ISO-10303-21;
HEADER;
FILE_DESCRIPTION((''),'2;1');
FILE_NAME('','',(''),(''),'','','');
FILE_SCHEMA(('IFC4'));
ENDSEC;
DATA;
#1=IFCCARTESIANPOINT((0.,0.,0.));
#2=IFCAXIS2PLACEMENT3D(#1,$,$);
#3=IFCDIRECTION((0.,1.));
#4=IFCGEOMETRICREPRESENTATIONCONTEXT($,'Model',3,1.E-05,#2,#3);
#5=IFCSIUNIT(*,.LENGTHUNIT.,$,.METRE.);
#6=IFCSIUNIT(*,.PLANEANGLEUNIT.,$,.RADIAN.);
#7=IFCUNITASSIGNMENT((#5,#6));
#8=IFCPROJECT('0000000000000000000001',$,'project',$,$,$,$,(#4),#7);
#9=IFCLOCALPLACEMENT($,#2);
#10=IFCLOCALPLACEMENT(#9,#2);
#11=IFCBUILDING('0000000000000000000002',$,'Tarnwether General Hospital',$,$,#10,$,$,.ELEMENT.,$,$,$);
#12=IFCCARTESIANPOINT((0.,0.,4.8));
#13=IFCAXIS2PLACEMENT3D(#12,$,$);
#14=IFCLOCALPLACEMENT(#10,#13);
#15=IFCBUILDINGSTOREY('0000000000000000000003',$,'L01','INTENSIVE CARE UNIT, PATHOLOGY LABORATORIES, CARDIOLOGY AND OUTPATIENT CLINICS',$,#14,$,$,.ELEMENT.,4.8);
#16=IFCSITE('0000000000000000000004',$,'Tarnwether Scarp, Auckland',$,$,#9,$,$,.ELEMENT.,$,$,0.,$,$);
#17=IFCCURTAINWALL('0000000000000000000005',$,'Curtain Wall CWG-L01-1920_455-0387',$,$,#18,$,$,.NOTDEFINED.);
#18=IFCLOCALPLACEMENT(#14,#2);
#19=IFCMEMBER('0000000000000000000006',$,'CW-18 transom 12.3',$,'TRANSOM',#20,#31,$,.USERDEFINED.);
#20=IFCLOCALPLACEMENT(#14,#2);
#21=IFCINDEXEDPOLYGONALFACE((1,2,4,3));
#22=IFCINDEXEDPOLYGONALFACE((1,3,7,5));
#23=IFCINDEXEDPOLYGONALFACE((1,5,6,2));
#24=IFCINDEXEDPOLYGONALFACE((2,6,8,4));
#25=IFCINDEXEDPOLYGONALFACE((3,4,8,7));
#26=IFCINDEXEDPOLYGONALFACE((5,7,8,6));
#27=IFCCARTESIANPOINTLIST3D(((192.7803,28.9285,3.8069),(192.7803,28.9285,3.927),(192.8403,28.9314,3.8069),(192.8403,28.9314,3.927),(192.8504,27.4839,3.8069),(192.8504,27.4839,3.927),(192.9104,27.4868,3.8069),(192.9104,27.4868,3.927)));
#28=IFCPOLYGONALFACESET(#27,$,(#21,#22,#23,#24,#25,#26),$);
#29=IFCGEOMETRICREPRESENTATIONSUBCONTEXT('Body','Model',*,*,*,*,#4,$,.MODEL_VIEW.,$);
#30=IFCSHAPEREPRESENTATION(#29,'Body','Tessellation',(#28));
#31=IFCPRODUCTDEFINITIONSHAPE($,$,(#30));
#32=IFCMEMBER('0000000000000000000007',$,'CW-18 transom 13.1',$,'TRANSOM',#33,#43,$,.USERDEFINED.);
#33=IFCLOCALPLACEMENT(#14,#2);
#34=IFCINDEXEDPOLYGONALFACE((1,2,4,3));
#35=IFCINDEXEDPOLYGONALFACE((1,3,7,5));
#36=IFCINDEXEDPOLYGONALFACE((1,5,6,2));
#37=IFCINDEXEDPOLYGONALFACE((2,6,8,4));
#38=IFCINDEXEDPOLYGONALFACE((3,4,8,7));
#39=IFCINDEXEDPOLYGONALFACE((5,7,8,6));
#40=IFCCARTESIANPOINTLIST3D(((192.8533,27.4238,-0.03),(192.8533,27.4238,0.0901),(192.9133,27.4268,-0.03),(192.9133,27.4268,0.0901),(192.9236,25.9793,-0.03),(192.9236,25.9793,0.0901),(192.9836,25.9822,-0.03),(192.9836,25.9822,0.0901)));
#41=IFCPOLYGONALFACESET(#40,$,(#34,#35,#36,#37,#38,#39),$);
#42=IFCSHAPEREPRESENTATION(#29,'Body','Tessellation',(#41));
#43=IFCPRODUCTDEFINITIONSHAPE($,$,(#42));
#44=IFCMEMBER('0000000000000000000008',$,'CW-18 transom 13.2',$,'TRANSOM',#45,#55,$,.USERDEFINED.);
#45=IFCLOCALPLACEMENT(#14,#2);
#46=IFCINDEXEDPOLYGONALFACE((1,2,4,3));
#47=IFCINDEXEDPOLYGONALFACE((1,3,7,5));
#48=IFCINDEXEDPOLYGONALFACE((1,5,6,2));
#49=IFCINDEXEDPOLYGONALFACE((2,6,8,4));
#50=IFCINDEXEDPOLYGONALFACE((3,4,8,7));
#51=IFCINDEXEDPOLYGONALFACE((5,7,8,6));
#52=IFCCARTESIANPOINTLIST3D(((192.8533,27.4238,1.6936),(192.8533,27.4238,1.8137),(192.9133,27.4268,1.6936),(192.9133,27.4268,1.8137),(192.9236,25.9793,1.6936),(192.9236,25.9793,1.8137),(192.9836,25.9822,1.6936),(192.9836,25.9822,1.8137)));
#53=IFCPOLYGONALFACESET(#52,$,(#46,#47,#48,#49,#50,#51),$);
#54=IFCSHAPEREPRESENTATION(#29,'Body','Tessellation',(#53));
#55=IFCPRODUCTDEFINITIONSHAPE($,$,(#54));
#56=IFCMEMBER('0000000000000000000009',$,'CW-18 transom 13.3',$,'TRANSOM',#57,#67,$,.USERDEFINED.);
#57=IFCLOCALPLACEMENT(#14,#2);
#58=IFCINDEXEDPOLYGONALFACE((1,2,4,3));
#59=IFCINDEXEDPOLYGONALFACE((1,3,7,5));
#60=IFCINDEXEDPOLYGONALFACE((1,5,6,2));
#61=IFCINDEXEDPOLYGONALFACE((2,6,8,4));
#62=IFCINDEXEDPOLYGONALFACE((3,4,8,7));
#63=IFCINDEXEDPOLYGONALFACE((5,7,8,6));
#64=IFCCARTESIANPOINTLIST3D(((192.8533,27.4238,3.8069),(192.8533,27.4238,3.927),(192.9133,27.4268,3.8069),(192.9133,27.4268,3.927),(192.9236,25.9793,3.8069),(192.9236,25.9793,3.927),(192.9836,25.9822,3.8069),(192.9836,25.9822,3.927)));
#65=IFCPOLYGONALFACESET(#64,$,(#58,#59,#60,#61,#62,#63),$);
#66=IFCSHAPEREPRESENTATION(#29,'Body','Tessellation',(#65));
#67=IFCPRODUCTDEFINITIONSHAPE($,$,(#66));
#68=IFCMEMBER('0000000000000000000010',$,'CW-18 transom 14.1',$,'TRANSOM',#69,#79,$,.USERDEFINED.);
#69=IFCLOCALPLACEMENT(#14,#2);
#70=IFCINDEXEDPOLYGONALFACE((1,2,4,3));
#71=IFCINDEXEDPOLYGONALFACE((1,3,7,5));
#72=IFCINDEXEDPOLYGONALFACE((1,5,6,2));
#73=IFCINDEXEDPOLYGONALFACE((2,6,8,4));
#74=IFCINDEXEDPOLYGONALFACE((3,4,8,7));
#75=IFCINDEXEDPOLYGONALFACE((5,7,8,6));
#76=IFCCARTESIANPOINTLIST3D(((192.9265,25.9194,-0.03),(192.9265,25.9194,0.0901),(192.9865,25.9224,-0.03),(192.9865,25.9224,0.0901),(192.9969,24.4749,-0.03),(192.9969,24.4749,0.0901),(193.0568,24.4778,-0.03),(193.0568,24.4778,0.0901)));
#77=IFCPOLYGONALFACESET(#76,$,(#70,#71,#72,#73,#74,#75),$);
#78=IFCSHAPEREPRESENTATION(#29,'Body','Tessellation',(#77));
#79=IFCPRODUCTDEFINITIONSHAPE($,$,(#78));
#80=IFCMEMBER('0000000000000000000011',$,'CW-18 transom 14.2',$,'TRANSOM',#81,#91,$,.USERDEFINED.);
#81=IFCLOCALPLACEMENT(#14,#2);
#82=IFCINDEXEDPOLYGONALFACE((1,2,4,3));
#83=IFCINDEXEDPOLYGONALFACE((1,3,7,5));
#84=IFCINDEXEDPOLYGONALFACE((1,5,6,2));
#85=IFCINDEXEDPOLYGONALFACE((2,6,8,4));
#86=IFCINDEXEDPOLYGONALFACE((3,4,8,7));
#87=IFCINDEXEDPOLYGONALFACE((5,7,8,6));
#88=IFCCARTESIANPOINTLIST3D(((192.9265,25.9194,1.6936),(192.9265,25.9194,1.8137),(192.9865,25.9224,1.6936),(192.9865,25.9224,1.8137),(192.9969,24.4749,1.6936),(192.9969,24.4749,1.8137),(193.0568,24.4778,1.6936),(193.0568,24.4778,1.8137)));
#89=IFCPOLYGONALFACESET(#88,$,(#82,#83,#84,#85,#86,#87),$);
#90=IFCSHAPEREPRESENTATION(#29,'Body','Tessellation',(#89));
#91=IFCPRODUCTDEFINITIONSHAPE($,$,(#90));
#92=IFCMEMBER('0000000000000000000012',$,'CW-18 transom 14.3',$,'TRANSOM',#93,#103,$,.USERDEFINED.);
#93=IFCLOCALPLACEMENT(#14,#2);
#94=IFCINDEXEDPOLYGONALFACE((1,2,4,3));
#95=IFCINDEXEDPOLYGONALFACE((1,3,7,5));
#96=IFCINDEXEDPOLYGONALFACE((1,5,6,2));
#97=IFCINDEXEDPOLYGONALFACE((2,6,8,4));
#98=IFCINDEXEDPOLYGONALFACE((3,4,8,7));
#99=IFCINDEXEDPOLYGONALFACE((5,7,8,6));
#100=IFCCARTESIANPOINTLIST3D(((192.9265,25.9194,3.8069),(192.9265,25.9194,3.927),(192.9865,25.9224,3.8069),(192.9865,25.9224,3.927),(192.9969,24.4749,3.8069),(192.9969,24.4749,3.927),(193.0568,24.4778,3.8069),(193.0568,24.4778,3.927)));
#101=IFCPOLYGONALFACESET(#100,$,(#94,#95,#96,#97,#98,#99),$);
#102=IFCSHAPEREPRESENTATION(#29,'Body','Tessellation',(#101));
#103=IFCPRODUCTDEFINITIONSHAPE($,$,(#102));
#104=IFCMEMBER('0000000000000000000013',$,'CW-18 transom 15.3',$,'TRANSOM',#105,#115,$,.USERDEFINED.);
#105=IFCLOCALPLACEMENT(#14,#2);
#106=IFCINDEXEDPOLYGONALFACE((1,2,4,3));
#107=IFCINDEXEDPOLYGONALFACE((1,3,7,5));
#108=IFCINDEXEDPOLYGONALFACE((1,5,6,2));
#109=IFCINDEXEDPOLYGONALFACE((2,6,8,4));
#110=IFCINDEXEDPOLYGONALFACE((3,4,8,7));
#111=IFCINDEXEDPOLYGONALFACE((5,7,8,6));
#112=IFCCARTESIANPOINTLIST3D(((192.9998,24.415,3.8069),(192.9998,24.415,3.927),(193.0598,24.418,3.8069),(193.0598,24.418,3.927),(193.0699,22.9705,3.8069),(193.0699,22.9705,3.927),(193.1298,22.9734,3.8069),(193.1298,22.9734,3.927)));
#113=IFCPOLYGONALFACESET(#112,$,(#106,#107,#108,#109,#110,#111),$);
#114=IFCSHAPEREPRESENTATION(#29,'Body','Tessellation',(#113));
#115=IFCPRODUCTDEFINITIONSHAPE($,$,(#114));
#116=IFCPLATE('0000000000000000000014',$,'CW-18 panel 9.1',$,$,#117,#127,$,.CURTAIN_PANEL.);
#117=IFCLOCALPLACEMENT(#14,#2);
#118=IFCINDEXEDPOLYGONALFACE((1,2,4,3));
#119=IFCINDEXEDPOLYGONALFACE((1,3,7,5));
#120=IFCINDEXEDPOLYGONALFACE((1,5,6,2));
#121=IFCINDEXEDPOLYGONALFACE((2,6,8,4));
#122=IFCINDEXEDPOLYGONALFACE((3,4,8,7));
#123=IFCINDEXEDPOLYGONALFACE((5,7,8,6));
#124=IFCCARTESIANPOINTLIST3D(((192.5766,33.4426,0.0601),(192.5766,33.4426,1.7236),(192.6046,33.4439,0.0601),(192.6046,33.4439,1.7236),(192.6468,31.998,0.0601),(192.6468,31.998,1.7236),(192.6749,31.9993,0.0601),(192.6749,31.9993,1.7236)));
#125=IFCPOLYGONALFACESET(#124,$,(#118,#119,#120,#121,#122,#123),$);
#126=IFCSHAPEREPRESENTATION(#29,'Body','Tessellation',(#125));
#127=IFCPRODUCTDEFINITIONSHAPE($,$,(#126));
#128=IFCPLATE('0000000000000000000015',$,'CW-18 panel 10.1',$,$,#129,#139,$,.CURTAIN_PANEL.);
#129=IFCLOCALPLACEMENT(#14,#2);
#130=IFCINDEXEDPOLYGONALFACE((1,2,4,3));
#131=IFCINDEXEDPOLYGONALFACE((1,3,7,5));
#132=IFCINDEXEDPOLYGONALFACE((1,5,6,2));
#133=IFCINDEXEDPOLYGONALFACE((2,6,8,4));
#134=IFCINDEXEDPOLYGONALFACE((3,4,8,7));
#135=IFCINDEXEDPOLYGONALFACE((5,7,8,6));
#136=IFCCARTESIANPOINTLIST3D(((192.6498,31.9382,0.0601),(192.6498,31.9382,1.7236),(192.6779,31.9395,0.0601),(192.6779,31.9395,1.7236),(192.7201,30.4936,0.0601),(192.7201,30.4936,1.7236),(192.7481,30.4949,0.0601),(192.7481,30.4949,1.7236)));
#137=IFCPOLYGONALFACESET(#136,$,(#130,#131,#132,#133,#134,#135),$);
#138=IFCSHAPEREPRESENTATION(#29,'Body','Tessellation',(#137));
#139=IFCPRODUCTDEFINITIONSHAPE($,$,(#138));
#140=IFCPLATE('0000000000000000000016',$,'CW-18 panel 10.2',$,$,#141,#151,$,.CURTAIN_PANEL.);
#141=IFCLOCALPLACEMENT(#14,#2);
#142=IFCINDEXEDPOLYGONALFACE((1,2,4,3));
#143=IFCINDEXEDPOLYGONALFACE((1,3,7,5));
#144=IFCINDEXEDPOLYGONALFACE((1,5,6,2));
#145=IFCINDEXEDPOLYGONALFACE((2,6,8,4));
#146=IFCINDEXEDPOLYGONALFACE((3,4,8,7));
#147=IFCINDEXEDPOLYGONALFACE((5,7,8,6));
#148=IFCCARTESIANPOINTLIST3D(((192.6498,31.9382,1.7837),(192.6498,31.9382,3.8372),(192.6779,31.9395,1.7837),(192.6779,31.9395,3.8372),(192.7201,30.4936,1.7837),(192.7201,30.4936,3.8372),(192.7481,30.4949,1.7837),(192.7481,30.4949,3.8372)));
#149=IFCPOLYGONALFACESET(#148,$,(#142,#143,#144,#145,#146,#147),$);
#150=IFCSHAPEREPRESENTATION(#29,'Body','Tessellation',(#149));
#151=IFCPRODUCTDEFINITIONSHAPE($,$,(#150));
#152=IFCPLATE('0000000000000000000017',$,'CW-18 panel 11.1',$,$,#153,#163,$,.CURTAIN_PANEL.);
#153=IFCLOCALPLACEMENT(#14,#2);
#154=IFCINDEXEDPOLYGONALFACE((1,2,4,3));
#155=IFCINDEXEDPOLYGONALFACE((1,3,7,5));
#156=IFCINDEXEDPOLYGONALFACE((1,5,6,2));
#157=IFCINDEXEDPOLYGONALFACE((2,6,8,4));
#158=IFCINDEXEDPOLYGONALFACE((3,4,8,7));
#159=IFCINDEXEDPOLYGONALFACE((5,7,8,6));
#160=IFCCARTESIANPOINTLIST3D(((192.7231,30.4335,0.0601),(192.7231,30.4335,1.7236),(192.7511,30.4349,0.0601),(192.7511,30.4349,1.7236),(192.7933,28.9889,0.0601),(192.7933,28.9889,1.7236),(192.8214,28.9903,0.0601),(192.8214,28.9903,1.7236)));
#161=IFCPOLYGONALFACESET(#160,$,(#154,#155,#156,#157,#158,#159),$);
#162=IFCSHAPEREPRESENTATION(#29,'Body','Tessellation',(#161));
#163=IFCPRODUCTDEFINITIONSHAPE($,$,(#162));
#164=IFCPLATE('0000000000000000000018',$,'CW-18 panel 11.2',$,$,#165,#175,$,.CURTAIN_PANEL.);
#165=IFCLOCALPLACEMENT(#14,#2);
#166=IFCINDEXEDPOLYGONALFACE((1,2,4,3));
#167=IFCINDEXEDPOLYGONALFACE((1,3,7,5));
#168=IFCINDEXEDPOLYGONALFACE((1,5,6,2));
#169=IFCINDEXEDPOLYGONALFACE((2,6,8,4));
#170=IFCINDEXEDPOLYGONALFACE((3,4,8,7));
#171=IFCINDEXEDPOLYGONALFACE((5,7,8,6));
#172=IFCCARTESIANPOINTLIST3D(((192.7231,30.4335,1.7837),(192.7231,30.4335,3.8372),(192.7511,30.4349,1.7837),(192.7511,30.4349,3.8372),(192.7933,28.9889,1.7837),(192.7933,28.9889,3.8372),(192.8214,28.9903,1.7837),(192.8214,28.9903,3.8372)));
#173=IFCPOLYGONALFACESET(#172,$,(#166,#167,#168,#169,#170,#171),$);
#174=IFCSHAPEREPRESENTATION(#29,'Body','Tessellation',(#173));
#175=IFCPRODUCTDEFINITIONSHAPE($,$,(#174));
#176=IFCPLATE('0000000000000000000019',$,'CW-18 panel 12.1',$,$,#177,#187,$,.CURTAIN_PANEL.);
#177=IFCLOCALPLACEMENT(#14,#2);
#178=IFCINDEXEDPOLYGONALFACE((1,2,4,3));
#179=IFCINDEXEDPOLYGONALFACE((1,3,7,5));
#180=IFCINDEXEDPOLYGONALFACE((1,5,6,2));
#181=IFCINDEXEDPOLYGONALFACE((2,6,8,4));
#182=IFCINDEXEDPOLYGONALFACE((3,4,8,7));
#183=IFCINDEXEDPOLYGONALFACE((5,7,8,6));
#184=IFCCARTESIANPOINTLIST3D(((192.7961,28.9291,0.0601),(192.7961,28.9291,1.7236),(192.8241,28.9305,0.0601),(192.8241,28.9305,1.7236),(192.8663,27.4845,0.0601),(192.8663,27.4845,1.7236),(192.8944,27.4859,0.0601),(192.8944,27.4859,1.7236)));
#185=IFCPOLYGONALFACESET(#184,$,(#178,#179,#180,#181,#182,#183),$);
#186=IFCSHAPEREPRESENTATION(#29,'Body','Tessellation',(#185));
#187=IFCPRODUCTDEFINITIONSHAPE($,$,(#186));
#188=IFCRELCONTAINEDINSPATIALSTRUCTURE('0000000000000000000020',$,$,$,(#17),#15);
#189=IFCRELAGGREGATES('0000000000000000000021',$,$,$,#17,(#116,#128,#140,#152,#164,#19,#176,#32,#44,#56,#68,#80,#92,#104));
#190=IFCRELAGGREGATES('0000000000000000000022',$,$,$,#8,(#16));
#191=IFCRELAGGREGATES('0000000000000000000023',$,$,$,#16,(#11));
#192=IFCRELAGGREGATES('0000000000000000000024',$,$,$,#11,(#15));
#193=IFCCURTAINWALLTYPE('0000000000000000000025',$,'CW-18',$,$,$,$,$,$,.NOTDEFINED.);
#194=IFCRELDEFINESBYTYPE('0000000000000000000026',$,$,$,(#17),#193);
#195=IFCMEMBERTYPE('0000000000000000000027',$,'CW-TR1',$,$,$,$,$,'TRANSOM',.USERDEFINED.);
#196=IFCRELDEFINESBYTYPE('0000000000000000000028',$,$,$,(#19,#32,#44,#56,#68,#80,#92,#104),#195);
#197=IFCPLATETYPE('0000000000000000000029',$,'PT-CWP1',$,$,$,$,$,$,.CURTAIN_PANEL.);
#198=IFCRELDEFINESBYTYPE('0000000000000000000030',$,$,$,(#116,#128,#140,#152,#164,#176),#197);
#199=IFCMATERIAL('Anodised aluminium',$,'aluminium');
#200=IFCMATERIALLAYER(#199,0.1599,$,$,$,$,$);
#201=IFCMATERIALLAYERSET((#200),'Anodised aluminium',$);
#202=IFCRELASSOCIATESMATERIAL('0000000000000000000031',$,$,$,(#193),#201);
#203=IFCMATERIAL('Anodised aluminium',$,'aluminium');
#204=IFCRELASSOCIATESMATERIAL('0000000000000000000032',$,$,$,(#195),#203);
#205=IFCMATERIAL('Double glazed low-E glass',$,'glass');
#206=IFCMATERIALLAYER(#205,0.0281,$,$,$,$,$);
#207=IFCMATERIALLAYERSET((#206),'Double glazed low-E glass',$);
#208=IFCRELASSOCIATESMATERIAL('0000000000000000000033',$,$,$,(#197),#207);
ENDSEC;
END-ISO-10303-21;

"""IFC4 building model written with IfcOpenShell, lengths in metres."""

from ifc_helpers import new_model, si_unit, direction, frame, origin, origin_2d, place, context, subcontext, project, spatial, rectangle, extrude, material, layer, layer_set, material_profile, profile_set, type_object, element, aggregate, save


model = new_model("IFC4")

# Units and contexts
model_context = context("Model", 3, precision=1e-05, world=origin(), true_north=direction((0.0, 1.0)))
body_context = subcontext(model_context, "Body", "Model", "MODEL_VIEW")
ifc_project = project(units=[si_unit("LENGTHUNIT", "METRE"), si_unit("PLANEANGLEUNIT", "RADIAN")], contexts=[model_context])

# Site, building, storey
site_placement = place(None, origin())
site = spatial("IfcSite", under=ifc_project, at=site_placement, Name="Tarnwether Scarp, Auckland", CompositionType="ELEMENT", RefElevation=0.0)
building_placement = place(site_placement, origin())
building = spatial("IfcBuilding", under=site, at=building_placement, Name="Tarnwether General Hospital", CompositionType="ELEMENT")
storey_placement = place(building_placement, frame((0.0, 0.0, 4.8)))
storey = spatial("IfcBuildingStorey", under=building, at=storey_placement, Name="L01", Description="INTENSIVE CARE UNIT, PATHOLOGY LABORATORIES, CARDIOLOGY AND OUTPATIENT CLINICS", CompositionType="ELEMENT", Elevation=4.8)

# Curtain wall, members, plates
ifc_material_1 = material(Name="Anodised aluminium", Category="aluminium")
ifc_layer_1 = layer(ifc_material_1, 0.1599)
ifc_layer_set_1 = layer_set([ifc_layer_1], Name="Anodised aluminium")
curtain_wall_type = type_object("IfcCurtainWallType", Name="CW-18", PredefinedType="NOTDEFINED", material=ifc_layer_set_1)
curtain_wall_placement = place(storey_placement, origin())
curtain_wall = element("IfcCurtainWall", 1, at=curtain_wall_placement, inside=storey, type_object=curtain_wall_type, Name="Curtain Wall CWG-L01-1920_455-0387", PredefinedType="NOTDEFINED")
ifc_material_2 = material(Name="Anodised aluminium", Category="aluminium")
ifc_material_profile_1 = material_profile(ifc_material_2, rectangle(XDim=0.0601, YDim=0.1201, at=origin_2d()), Name="ALU-TRN-60x120")
ifc_profile_set_1 = profile_set([ifc_material_profile_1], Name="Anodised aluminium")
member_type_1 = type_object("IfcMemberType", Name="CW-TR1", ElementType="TRANSOM", PredefinedType="USERDEFINED", material=ifc_profile_set_1)
member_1_placement = place(storey_placement, frame((192.8103, 28.9299, 3.8669), z_axis=(0.048447, -0.998826, 0.0), x_axis=(0.998826, 0.048447, 0.0)))
member_1 = element("IfcMember", 2, at=member_1_placement, type_object=member_type_1, Name="CW-18 transom 12.3", ObjectType="TRANSOM", PredefinedType="USERDEFINED", context=body_context, shape_type="SweptSolid", body=[
    extrude(rectangle(XDim=0.0601, YDim=0.1201, at=origin_2d()), origin(), (0.0, 0.0, 1.0), 1.4463),
])
member_2_placement = place(storey_placement, frame((192.8833, 27.4253, 0.03), z_axis=(0.048616, -0.998818, 0.0), x_axis=(0.998818, 0.048616, 0.0)))
member_2 = element("IfcMember", 3, at=member_2_placement, type_object=member_type_1, Name="CW-18 transom 13.1", ObjectType="TRANSOM", PredefinedType="USERDEFINED", context=body_context, shape_type="SweptSolid", body=[
    extrude(rectangle(XDim=0.0601, YDim=0.1201, at=origin_2d()), origin(), (0.0, 0.0, 1.0), 1.4463),
])
member_3_placement = place(storey_placement, frame((192.8833, 27.4253, 1.7537), z_axis=(0.048616, -0.998818, 0.0), x_axis=(0.998818, 0.048616, 0.0)))
member_3 = element("IfcMember", 4, at=member_3_placement, type_object=member_type_1, Name="CW-18 transom 13.2", ObjectType="TRANSOM", PredefinedType="USERDEFINED", context=body_context, shape_type="SweptSolid", body=[
    extrude(rectangle(XDim=0.0601, YDim=0.1201, at=origin_2d()), origin(), (0.0, 0.0, 1.0), 1.4463),
])
member_4_placement = place(storey_placement, frame((192.8833, 27.4253, 3.8669), z_axis=(0.048616, -0.998818, 0.0), x_axis=(0.998818, 0.048616, 0.0)))
member_4 = element("IfcMember", 5, at=member_4_placement, type_object=member_type_1, Name="CW-18 transom 13.3", ObjectType="TRANSOM", PredefinedType="USERDEFINED", context=body_context, shape_type="SweptSolid", body=[
    extrude(rectangle(XDim=0.0601, YDim=0.1201, at=origin_2d()), origin(), (0.0, 0.0, 1.0), 1.4463),
])
member_5_placement = place(storey_placement, frame((192.9565, 25.9209, 0.03), z_axis=(0.048616, -0.998818, 0.0), x_axis=(0.998818, 0.048616, 0.0)))
member_5 = element("IfcMember", 6, at=member_5_placement, type_object=member_type_1, Name="CW-18 transom 14.1", ObjectType="TRANSOM", PredefinedType="USERDEFINED", context=body_context, shape_type="SweptSolid", body=[
    extrude(rectangle(XDim=0.0601, YDim=0.1201, at=origin_2d()), origin(), (0.0, 0.0, 1.0), 1.4463),
])
member_6_placement = place(storey_placement, frame((192.9565, 25.9209, 1.7537), z_axis=(0.048616, -0.998818, 0.0), x_axis=(0.998818, 0.048616, 0.0)))
member_6 = element("IfcMember", 7, at=member_6_placement, type_object=member_type_1, Name="CW-18 transom 14.2", ObjectType="TRANSOM", PredefinedType="USERDEFINED", context=body_context, shape_type="SweptSolid", body=[
    extrude(rectangle(XDim=0.0601, YDim=0.1201, at=origin_2d()), origin(), (0.0, 0.0, 1.0), 1.4463),
])
member_7_placement = place(storey_placement, frame((192.9565, 25.9209, 3.8669), z_axis=(0.048616, -0.998818, 0.0), x_axis=(0.998818, 0.048616, 0.0)))
member_7 = element("IfcMember", 8, at=member_7_placement, type_object=member_type_1, Name="CW-18 transom 14.3", ObjectType="TRANSOM", PredefinedType="USERDEFINED", context=body_context, shape_type="SweptSolid", body=[
    extrude(rectangle(XDim=0.0601, YDim=0.1201, at=origin_2d()), origin(), (0.0, 0.0, 1.0), 1.4463),
])
member_8_placement = place(storey_placement, frame((193.0298, 24.4165, 3.8669), z_axis=(0.048447, -0.998826, 0.0), x_axis=(0.998826, 0.048447, 0.0)))
member_8 = element("IfcMember", 9, at=member_8_placement, type_object=member_type_1, Name="CW-18 transom 15.3", ObjectType="TRANSOM", PredefinedType="USERDEFINED", context=body_context, shape_type="SweptSolid", body=[
    extrude(rectangle(XDim=0.0601, YDim=0.1201, at=origin_2d()), origin(), (0.0, 0.0, 1.0), 1.4463),
])
ifc_material_3 = material(Name="Double glazed low-E glass", Category="glass")
ifc_layer_2 = layer(ifc_material_3, 0.0281)
ifc_layer_set_2 = layer_set([ifc_layer_2], Name="Double glazed low-E glass")
plate_type = type_object("IfcPlateType", Name="PT-CWP1", PredefinedType="CURTAIN_PANEL", material=ifc_layer_set_2)
plate_1_placement = place(storey_placement, frame((192.6257, 32.7209, 0.0601), z_axis=(0.0, 0.0, 1.0), x_axis=(0.04857, -0.99882, 0.0)))
plate_1 = element("IfcPlate", 10, at=plate_1_placement, type_object=plate_type, Name="CW-18 panel 9.1", PredefinedType="CURTAIN_PANEL", context=body_context, shape_type="SweptSolid", body=[
    extrude(rectangle(XDim=1.4463, YDim=0.0281, at=origin_2d()), origin(), (0.0, 0.0, 1.0), 1.6636),
])
plate_2_placement = place(storey_placement, frame((192.699, 31.2166, 0.0601), z_axis=(0.0, 0.0, 1.0), x_axis=(0.04857, -0.99882, 0.0)))
plate_2 = element("IfcPlate", 11, at=plate_2_placement, type_object=plate_type, Name="CW-18 panel 10.1", PredefinedType="CURTAIN_PANEL", context=body_context, shape_type="SweptSolid", body=[
    extrude(rectangle(XDim=1.4463, YDim=0.0281, at=origin_2d()), origin(), (0.0, 0.0, 1.0), 1.6636),
])
plate_3_placement = place(storey_placement, frame((192.699, 31.2166, 1.7837), z_axis=(0.0, 0.0, 1.0), x_axis=(0.04857, -0.99882, 0.0)))
plate_3 = element("IfcPlate", 12, at=plate_3_placement, type_object=plate_type, Name="CW-18 panel 10.2", PredefinedType="CURTAIN_PANEL", context=body_context, shape_type="SweptSolid", body=[
    extrude(rectangle(XDim=1.4463, YDim=0.0281, at=origin_2d()), origin(), (0.0, 0.0, 1.0), 2.0535),
])
plate_4_placement = place(storey_placement, frame((192.7722, 29.7119, 0.0601), z_axis=(0.0, 0.0, 1.0), x_axis=(0.04857, -0.99882, 0.0)))
plate_4 = element("IfcPlate", 13, at=plate_4_placement, type_object=plate_type, Name="CW-18 panel 11.1", PredefinedType="CURTAIN_PANEL", context=body_context, shape_type="SweptSolid", body=[
    extrude(rectangle(XDim=1.4463, YDim=0.0281, at=origin_2d()), origin(), (0.0, 0.0, 1.0), 1.6636),
])
plate_5_placement = place(storey_placement, frame((192.7722, 29.7119, 1.7837), z_axis=(0.0, 0.0, 1.0), x_axis=(0.04857, -0.99882, 0.0)))
plate_5 = element("IfcPlate", 14, at=plate_5_placement, type_object=plate_type, Name="CW-18 panel 11.2", PredefinedType="CURTAIN_PANEL", context=body_context, shape_type="SweptSolid", body=[
    extrude(rectangle(XDim=1.4463, YDim=0.0281, at=origin_2d()), origin(), (0.0, 0.0, 1.0), 2.0535),
])
plate_6_placement = place(storey_placement, frame((192.8452, 28.2075, 0.0601), z_axis=(0.0, 0.0, 1.0), x_axis=(0.04857, -0.99882, 0.0)))
plate_6 = element("IfcPlate", 15, at=plate_6_placement, type_object=plate_type, Name="CW-18 panel 12.1", PredefinedType="CURTAIN_PANEL", context=body_context, shape_type="SweptSolid", body=[
    extrude(rectangle(XDim=1.4463, YDim=0.0281, at=origin_2d()), origin(), (0.0, 0.0, 1.0), 1.6636),
])
aggregate(curtain_wall, [plate_1, plate_2, plate_3, plate_4, plate_5, member_1, plate_6, member_2, member_3, member_4, member_5, member_6, member_7, member_8])

save(model, "model.ifc")
